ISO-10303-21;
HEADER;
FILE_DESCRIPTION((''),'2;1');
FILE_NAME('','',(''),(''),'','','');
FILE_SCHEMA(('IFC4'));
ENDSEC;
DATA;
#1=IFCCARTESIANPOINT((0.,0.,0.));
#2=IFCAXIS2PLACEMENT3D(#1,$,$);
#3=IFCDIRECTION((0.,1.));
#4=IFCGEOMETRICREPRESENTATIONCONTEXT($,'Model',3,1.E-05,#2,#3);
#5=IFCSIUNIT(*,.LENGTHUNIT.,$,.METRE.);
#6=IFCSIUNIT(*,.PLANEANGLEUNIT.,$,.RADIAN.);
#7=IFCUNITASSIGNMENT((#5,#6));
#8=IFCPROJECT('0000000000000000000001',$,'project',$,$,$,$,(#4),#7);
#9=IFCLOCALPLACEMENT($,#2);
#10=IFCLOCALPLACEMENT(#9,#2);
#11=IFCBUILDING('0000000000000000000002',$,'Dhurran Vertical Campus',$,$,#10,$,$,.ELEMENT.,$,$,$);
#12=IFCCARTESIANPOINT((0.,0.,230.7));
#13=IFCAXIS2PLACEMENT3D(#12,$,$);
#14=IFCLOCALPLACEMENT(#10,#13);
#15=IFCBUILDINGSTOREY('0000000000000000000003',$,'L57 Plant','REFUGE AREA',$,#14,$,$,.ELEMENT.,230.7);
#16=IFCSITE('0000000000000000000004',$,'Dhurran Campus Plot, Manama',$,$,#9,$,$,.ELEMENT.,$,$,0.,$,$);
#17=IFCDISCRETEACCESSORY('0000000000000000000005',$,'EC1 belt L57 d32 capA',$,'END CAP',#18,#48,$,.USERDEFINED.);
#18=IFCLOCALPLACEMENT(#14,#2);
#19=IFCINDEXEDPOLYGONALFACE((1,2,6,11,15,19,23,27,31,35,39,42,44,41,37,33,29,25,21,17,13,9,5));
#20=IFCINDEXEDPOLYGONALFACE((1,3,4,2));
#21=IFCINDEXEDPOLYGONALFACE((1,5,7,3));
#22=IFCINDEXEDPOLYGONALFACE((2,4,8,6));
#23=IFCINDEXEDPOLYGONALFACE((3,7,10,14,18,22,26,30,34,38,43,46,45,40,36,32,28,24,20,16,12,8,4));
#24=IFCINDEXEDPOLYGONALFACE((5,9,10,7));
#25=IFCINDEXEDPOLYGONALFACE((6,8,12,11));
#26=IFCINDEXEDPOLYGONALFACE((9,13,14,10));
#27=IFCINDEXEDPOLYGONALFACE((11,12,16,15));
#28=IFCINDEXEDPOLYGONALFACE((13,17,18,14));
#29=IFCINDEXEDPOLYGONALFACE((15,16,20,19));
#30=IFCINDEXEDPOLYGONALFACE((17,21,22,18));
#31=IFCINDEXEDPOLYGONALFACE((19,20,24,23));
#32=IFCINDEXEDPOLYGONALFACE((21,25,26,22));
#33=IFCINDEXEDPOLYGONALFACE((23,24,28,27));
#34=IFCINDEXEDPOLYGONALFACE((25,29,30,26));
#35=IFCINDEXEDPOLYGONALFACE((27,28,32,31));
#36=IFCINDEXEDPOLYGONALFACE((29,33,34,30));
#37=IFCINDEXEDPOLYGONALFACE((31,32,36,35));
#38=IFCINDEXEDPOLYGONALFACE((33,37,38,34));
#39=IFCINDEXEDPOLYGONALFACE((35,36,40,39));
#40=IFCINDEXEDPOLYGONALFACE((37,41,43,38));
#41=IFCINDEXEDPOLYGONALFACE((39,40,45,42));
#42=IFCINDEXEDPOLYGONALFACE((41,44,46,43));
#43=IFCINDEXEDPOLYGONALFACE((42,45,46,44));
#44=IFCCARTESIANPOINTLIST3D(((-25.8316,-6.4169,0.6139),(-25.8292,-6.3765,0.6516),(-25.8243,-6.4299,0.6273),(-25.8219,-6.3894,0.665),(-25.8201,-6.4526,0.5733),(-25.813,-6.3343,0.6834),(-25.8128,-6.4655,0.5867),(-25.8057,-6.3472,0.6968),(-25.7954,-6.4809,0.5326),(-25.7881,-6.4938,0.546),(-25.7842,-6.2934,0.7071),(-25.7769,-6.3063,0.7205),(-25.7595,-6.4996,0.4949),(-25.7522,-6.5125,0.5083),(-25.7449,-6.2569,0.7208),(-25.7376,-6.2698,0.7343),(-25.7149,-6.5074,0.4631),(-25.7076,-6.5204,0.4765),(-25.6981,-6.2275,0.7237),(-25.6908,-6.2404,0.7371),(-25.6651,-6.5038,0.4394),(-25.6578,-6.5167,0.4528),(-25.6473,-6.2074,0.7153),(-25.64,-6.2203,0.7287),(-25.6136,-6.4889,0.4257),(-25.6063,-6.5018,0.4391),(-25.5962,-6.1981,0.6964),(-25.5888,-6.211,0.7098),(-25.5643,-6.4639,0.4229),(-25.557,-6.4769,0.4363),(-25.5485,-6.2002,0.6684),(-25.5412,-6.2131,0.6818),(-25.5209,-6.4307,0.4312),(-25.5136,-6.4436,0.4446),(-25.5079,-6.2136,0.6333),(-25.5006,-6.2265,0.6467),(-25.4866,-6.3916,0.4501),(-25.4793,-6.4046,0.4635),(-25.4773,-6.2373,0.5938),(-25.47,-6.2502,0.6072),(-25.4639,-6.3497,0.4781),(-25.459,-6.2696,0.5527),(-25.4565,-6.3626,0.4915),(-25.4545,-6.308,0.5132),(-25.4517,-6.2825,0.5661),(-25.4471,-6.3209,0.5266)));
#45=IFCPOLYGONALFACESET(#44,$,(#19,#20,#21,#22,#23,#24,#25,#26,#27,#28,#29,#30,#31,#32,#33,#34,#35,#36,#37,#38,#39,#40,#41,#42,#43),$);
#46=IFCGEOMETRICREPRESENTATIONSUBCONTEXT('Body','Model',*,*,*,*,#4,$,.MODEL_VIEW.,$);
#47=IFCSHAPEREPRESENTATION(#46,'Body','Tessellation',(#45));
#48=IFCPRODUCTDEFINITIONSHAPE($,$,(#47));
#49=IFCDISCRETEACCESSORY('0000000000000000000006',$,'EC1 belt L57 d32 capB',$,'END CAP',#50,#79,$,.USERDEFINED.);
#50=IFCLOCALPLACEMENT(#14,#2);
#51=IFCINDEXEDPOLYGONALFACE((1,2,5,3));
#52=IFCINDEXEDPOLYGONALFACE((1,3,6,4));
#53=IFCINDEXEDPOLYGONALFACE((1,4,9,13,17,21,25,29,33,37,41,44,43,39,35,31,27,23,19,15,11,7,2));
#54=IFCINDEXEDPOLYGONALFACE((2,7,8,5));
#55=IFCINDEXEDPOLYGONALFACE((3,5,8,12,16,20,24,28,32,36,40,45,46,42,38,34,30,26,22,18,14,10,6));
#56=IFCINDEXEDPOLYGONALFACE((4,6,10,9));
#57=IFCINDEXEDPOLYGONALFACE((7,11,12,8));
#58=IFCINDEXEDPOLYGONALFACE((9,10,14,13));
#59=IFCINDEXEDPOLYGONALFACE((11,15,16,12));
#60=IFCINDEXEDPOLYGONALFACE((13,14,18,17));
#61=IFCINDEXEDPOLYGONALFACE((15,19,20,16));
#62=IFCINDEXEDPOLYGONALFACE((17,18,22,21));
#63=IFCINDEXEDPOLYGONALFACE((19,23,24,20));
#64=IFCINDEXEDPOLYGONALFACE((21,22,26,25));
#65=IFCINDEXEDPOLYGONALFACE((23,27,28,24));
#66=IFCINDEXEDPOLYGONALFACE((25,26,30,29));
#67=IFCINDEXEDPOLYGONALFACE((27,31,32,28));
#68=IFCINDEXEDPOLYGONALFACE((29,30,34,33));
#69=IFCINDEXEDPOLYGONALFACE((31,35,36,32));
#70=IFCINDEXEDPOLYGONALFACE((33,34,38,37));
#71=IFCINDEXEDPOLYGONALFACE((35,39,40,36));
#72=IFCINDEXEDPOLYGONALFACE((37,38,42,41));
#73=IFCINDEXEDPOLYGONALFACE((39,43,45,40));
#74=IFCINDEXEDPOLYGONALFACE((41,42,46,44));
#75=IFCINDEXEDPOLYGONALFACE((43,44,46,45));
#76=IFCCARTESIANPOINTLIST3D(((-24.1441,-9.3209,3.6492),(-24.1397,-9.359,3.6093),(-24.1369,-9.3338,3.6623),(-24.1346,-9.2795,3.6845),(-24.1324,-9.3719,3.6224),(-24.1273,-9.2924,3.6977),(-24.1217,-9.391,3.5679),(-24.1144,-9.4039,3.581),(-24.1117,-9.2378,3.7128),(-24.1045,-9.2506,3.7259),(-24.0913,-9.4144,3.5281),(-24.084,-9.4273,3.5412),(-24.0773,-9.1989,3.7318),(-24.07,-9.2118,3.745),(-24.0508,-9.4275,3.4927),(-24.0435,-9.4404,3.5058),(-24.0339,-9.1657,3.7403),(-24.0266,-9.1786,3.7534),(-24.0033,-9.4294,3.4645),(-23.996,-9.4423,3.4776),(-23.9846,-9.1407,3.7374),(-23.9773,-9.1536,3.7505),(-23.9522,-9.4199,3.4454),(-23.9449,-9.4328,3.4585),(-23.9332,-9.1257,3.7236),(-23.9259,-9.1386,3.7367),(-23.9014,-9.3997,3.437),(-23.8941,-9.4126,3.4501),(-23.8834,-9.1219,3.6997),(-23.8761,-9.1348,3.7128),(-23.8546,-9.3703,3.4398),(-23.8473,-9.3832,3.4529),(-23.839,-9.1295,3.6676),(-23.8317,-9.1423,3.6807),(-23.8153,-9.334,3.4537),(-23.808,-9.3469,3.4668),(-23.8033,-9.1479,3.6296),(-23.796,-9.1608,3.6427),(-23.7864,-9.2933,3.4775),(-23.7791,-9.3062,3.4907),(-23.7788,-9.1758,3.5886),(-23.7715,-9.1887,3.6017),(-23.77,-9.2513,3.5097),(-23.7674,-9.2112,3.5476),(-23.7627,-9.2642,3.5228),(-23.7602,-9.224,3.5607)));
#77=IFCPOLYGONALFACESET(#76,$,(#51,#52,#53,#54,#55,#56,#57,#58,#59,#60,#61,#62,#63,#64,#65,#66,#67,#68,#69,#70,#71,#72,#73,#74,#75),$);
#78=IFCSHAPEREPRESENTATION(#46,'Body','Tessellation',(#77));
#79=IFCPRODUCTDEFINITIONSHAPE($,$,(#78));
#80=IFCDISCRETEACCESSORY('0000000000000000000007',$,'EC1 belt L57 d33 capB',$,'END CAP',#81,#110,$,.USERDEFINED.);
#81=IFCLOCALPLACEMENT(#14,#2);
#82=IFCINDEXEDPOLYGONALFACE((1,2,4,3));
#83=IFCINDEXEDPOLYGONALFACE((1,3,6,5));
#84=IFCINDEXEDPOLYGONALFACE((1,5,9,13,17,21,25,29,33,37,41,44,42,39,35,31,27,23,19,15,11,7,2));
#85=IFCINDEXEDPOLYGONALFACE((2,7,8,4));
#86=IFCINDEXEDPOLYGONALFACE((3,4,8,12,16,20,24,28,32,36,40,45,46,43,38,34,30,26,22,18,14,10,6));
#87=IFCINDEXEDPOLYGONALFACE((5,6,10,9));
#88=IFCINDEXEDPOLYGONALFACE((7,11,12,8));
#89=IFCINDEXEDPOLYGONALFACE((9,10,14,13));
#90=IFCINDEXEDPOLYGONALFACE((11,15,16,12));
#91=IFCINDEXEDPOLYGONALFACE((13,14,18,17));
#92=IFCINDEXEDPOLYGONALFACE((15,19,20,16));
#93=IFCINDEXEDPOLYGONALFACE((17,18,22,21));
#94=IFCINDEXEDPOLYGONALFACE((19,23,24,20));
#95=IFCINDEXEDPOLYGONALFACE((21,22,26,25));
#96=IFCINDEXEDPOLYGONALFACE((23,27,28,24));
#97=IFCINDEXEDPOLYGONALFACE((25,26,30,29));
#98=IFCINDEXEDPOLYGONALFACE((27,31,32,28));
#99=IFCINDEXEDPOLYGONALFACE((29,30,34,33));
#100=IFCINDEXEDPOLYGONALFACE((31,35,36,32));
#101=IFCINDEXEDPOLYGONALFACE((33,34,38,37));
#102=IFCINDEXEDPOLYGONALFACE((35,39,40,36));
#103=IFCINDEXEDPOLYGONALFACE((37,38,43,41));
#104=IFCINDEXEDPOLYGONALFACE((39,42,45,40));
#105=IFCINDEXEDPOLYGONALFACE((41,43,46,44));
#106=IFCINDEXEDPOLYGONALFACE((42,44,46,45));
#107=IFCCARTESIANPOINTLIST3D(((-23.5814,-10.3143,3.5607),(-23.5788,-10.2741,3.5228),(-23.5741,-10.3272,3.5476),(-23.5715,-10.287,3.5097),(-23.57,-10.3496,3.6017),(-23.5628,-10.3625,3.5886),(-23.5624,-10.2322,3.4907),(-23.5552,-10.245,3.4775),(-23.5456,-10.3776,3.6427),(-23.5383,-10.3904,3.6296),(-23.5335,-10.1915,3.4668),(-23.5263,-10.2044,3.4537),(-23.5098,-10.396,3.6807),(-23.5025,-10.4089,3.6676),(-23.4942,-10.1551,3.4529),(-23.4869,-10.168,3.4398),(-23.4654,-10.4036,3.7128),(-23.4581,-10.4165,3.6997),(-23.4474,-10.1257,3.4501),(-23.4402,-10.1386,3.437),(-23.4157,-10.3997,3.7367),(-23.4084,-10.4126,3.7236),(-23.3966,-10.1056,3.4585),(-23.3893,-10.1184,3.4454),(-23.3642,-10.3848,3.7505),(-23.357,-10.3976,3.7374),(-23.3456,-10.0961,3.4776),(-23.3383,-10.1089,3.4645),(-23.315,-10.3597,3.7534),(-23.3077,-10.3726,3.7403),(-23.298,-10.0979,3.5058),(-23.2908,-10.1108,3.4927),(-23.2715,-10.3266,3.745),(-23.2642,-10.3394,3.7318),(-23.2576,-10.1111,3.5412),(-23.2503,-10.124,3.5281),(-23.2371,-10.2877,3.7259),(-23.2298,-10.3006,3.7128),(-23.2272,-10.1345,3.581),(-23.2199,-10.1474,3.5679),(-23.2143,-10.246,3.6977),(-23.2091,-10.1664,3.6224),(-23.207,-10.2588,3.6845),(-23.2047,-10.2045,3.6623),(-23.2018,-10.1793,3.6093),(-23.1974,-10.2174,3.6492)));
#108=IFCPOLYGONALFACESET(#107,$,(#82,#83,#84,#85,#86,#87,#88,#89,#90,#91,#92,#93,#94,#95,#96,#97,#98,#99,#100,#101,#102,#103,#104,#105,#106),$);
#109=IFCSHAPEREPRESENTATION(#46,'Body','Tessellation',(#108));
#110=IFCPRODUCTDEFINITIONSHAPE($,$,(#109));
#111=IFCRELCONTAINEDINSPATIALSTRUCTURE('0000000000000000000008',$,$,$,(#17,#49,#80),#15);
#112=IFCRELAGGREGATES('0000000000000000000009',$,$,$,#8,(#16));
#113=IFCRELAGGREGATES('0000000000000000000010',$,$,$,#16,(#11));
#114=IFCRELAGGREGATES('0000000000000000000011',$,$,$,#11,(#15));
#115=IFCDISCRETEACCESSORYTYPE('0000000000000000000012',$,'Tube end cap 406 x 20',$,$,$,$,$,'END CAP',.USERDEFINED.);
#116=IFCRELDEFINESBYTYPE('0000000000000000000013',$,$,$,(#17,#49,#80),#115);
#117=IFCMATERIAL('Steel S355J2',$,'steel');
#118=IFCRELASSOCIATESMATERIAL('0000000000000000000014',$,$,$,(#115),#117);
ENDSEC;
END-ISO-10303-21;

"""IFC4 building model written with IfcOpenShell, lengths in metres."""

from ifc_helpers import new_model, si_unit, direction, frame, origin, origin_2d, place, context, subcontext, project, spatial, circle, extrude, material, material_profile, profile_set, type_object, element, save


model = new_model("IFC4")

# Units and contexts
model_context = context("Model", 3, precision=1e-05, world=origin(), true_north=direction((0.0, 1.0)))
body_context = subcontext(model_context, "Body", "Model", "MODEL_VIEW")
ifc_project = project(units=[si_unit("LENGTHUNIT", "METRE"), si_unit("PLANEANGLEUNIT", "RADIAN")], contexts=[model_context])

# Site, building, storey
site_placement = place(None, origin())
site = spatial("IfcSite", under=ifc_project, at=site_placement, Name="Dhurran Campus Plot, Manama", CompositionType="ELEMENT", RefElevation=0.0)
building_placement = place(site_placement, origin())
building = spatial("IfcBuilding", under=site, at=building_placement, Name="Dhurran Vertical Campus", CompositionType="ELEMENT")
storey_placement = place(building_placement, frame((0.0, 0.0, 230.7)))
storey = spatial("IfcBuildingStorey", under=building, at=storey_placement, Name="L57 Plant", Description="REFUGE AREA", CompositionType="ELEMENT", Elevation=230.7)

# Discrete accessories
ifc_material_1 = material(Name="Steel S355J2", Category="steel")
ifc_material_profile_1 = material_profile(ifc_material_1, circle(Radius=0.2031, at=origin_2d()), Name="Tube end cap 406 x 20")
ifc_profile_set_1 = profile_set([ifc_material_profile_1], Name="Steel S355J2")
discrete_accessory_type = type_object("IfcDiscreteAccessoryType", Name="Tube end cap 406 x 20", ElementType="END CAP", PredefinedType="USERDEFINED", material=ifc_profile_set_1)
for number, where, z_axis, x_axis, name in (
    (1, (-25.636, -6.3655, 0.5867), (-0.365582, 0.645861, -0.670234), (-0.870257, -0.492598, 0.0), "EC1 belt L57 d32 capA"),
):
    element("IfcDiscreteAccessory", number, at=place(storey_placement, frame(where, z_axis=z_axis, x_axis=x_axis)), inside=storey, type_object=discrete_accessory_type, Name=name, ObjectType="END CAP", PredefinedType="USERDEFINED", context=body_context, shape_type="SweptSolid", body=[
        extrude(circle(Radius=0.2031, at=origin_2d()), origin(), (0.0, 0.0, 1.0), 0.02),
    ])
for number, where, z_axis, x_axis, name in (
    (2, (-23.9556, -9.2759, 3.5886), (0.368577, -0.651153, 0.663439), (0.870257, 0.492598, 0.0), "EC1 belt L57 d32 capB"),
    (3, (-23.386, -10.2625, 3.5886), (-0.368577, 0.651153, 0.663439), (-0.870257, -0.492598, 0.0), "EC1 belt L57 d33 capB"),
):
    element("IfcDiscreteAccessory", number, at=place(storey_placement, frame(where, z_axis=z_axis, x_axis=x_axis)), inside=storey, type_object=discrete_accessory_type, Name=name, ObjectType="END CAP", PredefinedType="USERDEFINED", context=body_context, shape_type="SweptSolid", body=[
        extrude(circle(Radius=0.2031, at=origin_2d()), origin(), (0.0, 0.0, 1.0), 0.0198),
    ])

save(model, "model.ifc")
